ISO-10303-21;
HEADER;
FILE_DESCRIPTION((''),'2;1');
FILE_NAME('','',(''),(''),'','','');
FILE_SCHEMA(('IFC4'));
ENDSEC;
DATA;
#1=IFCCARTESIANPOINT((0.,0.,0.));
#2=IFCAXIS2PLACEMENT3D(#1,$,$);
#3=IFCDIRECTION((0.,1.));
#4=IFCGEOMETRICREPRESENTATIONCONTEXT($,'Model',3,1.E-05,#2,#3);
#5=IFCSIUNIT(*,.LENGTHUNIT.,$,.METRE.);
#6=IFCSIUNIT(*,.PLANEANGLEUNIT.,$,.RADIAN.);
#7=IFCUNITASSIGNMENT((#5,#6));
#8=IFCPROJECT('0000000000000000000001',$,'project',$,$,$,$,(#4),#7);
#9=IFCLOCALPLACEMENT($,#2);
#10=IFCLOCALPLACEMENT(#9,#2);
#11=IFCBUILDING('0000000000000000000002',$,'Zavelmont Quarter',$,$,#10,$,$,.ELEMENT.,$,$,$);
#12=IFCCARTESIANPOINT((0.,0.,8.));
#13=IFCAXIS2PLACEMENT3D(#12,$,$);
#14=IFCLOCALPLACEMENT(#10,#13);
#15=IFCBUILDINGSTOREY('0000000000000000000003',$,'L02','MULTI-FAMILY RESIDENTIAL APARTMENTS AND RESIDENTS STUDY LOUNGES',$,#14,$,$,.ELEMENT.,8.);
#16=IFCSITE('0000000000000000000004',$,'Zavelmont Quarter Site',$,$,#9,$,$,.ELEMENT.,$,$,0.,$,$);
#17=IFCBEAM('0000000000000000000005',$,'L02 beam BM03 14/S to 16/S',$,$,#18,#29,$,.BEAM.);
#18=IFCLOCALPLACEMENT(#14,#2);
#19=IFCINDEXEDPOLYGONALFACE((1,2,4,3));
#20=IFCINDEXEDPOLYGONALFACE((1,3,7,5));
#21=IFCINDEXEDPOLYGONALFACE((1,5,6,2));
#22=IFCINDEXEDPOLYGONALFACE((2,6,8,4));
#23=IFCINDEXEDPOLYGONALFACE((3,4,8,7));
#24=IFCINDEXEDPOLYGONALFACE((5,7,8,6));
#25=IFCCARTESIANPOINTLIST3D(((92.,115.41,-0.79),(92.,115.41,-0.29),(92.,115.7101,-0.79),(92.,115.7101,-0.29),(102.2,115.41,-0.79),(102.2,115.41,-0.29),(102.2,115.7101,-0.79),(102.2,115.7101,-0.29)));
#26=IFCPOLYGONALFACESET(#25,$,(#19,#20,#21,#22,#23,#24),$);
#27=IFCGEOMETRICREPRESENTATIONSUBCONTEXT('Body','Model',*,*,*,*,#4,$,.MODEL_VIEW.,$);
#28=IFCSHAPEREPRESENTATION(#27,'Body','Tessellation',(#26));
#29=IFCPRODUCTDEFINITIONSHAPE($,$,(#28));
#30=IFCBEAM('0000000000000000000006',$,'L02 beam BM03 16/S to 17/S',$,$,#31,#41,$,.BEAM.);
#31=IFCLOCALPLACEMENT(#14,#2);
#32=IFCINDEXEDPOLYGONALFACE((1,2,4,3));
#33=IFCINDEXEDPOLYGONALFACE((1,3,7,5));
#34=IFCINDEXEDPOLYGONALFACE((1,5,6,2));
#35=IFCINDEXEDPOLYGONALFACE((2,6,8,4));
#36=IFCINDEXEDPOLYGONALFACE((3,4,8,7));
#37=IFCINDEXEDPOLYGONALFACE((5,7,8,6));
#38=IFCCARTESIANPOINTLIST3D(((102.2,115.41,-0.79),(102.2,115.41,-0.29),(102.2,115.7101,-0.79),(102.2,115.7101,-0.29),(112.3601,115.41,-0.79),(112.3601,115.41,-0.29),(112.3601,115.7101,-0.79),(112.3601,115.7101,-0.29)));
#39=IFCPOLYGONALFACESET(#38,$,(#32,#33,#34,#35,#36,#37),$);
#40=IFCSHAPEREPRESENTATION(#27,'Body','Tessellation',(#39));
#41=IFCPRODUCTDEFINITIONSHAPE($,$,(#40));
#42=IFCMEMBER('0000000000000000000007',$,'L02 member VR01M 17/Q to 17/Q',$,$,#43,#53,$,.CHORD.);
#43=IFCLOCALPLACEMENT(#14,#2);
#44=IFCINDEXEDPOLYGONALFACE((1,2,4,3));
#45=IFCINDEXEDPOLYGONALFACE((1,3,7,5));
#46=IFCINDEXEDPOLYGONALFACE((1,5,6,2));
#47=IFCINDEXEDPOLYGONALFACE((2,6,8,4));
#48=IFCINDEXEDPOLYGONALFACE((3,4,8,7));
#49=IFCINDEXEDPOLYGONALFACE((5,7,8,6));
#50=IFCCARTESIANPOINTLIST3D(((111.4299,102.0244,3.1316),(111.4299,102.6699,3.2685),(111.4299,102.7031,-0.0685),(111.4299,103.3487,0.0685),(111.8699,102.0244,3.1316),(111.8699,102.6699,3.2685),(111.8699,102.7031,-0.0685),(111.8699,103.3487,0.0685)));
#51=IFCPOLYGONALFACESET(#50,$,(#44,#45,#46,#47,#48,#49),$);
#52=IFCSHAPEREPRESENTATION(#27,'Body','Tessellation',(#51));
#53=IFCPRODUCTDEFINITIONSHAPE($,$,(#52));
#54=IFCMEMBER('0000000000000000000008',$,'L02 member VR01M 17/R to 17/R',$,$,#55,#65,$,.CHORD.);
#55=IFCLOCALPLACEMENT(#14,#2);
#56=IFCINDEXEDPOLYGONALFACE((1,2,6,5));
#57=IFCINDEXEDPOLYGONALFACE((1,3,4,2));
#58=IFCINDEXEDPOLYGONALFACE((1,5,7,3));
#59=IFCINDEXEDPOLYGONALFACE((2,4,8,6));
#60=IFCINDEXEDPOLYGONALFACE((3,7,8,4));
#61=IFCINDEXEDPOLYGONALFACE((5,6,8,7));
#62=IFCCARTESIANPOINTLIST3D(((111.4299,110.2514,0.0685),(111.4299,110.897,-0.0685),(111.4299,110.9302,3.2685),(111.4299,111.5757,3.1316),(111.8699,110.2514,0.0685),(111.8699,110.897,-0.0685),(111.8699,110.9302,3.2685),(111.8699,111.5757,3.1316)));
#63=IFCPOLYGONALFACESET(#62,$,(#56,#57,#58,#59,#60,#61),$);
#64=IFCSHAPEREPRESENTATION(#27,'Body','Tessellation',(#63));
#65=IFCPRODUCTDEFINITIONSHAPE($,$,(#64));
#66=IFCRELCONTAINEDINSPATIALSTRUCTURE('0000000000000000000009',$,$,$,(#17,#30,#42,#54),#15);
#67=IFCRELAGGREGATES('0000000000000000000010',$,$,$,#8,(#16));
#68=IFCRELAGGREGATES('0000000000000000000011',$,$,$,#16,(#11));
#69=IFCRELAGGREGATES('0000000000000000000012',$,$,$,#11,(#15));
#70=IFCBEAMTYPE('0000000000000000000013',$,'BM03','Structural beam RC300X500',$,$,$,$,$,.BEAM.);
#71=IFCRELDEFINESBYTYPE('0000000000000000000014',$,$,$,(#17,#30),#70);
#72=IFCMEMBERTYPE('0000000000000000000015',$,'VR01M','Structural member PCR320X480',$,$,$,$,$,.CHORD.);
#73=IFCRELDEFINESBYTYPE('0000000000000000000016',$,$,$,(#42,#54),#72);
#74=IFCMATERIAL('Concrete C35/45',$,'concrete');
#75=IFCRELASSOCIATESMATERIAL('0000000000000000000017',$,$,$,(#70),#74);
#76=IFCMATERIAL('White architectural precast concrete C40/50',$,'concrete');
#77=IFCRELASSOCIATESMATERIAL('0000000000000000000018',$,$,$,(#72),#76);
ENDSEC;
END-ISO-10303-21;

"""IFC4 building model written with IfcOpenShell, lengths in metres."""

from ifc_helpers import new_model, si_unit, direction, frame, origin, origin_2d, place, context, subcontext, project, spatial, rectangle, extrude, material, material_profile, profile_set, type_object, element, save


model = new_model("IFC4")

# Units and contexts
model_context = context("Model", 3, precision=1e-05, world=origin(), true_north=direction((0.0, 1.0)))
body_context = subcontext(model_context, "Body", "Model", "MODEL_VIEW")
ifc_project = project(units=[si_unit("LENGTHUNIT", "METRE"), si_unit("PLANEANGLEUNIT", "RADIAN")], contexts=[model_context])

# Site, building, storey
site_placement = place(None, origin())
site = spatial("IfcSite", under=ifc_project, at=site_placement, Name="Zavelmont Quarter Site", CompositionType="ELEMENT", RefElevation=0.0)
building_placement = place(site_placement, origin())
building = spatial("IfcBuilding", under=site, at=building_placement, Name="Zavelmont Quarter", CompositionType="ELEMENT")
storey_placement = place(building_placement, frame((0.0, 0.0, 8.0)))
storey = spatial("IfcBuildingStorey", under=building, at=storey_placement, Name="L02", Description="MULTI-FAMILY RESIDENTIAL APARTMENTS AND RESIDENTS STUDY LOUNGES", CompositionType="ELEMENT", Elevation=8.0)

# Beams
ifc_material_1 = material(Name="Concrete C35/45", Category="concrete")
ifc_material_profile_1 = material_profile(ifc_material_1, rectangle(XDim=0.3, YDim=0.5, at=origin_2d()), Name="RC300X500")
ifc_profile_set_1 = profile_set([ifc_material_profile_1], Name="Concrete C35/45")
beam_type = type_object("IfcBeamType", Name="BM03", Description="Structural beam RC300X500", PredefinedType="BEAM", material=ifc_profile_set_1)
beam_1_placement = place(storey_placement, frame((92.0, 115.5601, -0.54), z_axis=(1.0, 0.0, 0.0), x_axis=(0.0, 1.0, 0.0)))
element("IfcBeam", 1, at=beam_1_placement, inside=storey, type_object=beam_type, Name="L02 beam BM03 14/S to 16/S", PredefinedType="BEAM", context=body_context, shape_type="SweptSolid", body=[
    extrude(rectangle(XDim=0.3, YDim=0.5, at=origin_2d()), origin(), (0.0, 0.0, 1.0), 10.2),
])
beam_2_placement = place(storey_placement, frame((102.2, 115.5601, -0.54), z_axis=(1.0, 0.0, 0.0), x_axis=(0.0, 1.0, 0.0)))
element("IfcBeam", 2, at=beam_2_placement, inside=storey, type_object=beam_type, Name="L02 beam BM03 16/S to 17/S", PredefinedType="BEAM", context=body_context, shape_type="SweptSolid", body=[
    extrude(rectangle(XDim=0.3, YDim=0.5, at=origin_2d()), origin(), (0.0, 0.0, 1.0), 10.1602),
])

# Members
ifc_material_2 = material(Name="White architectural precast concrete C40/50", Category="concrete")
ifc_material_profile_2 = material_profile(ifc_material_2, rectangle(XDim=0.4399, YDim=0.6599, at=origin_2d()), Name="PCR320X480")
ifc_profile_set_2 = profile_set([ifc_material_profile_2], Name="White architectural precast concrete C40/50")
member_type = type_object("IfcMemberType", Name="VR01M", Description="Structural member PCR320X480", PredefinedType="CHORD", material=ifc_profile_set_2)
for number, where, z_axis, x_axis, name in (
    (3, (111.6499, 103.0259, 0.0), (0.0, -0.207485, 0.978238), (1.0, 0.0, 0.0), "L02 member VR01M 17/Q to 17/Q"),
    (4, (111.6499, 110.5742, 0.0), (0.0, 0.207485, 0.978238), (-1.0, 0.0, 0.0), "L02 member VR01M 17/R to 17/R"),
):
    element("IfcMember", number, at=place(storey_placement, frame(where, z_axis=z_axis, x_axis=x_axis)), inside=storey, type_object=member_type, Name=name, PredefinedType="CHORD", context=body_context, shape_type="SweptSolid", body=[
        extrude(rectangle(XDim=0.4399, YDim=0.6599, at=origin_2d()), origin(), (0.0, 0.0, 1.0), 3.2712),
    ])

save(model, "model.ifc")
